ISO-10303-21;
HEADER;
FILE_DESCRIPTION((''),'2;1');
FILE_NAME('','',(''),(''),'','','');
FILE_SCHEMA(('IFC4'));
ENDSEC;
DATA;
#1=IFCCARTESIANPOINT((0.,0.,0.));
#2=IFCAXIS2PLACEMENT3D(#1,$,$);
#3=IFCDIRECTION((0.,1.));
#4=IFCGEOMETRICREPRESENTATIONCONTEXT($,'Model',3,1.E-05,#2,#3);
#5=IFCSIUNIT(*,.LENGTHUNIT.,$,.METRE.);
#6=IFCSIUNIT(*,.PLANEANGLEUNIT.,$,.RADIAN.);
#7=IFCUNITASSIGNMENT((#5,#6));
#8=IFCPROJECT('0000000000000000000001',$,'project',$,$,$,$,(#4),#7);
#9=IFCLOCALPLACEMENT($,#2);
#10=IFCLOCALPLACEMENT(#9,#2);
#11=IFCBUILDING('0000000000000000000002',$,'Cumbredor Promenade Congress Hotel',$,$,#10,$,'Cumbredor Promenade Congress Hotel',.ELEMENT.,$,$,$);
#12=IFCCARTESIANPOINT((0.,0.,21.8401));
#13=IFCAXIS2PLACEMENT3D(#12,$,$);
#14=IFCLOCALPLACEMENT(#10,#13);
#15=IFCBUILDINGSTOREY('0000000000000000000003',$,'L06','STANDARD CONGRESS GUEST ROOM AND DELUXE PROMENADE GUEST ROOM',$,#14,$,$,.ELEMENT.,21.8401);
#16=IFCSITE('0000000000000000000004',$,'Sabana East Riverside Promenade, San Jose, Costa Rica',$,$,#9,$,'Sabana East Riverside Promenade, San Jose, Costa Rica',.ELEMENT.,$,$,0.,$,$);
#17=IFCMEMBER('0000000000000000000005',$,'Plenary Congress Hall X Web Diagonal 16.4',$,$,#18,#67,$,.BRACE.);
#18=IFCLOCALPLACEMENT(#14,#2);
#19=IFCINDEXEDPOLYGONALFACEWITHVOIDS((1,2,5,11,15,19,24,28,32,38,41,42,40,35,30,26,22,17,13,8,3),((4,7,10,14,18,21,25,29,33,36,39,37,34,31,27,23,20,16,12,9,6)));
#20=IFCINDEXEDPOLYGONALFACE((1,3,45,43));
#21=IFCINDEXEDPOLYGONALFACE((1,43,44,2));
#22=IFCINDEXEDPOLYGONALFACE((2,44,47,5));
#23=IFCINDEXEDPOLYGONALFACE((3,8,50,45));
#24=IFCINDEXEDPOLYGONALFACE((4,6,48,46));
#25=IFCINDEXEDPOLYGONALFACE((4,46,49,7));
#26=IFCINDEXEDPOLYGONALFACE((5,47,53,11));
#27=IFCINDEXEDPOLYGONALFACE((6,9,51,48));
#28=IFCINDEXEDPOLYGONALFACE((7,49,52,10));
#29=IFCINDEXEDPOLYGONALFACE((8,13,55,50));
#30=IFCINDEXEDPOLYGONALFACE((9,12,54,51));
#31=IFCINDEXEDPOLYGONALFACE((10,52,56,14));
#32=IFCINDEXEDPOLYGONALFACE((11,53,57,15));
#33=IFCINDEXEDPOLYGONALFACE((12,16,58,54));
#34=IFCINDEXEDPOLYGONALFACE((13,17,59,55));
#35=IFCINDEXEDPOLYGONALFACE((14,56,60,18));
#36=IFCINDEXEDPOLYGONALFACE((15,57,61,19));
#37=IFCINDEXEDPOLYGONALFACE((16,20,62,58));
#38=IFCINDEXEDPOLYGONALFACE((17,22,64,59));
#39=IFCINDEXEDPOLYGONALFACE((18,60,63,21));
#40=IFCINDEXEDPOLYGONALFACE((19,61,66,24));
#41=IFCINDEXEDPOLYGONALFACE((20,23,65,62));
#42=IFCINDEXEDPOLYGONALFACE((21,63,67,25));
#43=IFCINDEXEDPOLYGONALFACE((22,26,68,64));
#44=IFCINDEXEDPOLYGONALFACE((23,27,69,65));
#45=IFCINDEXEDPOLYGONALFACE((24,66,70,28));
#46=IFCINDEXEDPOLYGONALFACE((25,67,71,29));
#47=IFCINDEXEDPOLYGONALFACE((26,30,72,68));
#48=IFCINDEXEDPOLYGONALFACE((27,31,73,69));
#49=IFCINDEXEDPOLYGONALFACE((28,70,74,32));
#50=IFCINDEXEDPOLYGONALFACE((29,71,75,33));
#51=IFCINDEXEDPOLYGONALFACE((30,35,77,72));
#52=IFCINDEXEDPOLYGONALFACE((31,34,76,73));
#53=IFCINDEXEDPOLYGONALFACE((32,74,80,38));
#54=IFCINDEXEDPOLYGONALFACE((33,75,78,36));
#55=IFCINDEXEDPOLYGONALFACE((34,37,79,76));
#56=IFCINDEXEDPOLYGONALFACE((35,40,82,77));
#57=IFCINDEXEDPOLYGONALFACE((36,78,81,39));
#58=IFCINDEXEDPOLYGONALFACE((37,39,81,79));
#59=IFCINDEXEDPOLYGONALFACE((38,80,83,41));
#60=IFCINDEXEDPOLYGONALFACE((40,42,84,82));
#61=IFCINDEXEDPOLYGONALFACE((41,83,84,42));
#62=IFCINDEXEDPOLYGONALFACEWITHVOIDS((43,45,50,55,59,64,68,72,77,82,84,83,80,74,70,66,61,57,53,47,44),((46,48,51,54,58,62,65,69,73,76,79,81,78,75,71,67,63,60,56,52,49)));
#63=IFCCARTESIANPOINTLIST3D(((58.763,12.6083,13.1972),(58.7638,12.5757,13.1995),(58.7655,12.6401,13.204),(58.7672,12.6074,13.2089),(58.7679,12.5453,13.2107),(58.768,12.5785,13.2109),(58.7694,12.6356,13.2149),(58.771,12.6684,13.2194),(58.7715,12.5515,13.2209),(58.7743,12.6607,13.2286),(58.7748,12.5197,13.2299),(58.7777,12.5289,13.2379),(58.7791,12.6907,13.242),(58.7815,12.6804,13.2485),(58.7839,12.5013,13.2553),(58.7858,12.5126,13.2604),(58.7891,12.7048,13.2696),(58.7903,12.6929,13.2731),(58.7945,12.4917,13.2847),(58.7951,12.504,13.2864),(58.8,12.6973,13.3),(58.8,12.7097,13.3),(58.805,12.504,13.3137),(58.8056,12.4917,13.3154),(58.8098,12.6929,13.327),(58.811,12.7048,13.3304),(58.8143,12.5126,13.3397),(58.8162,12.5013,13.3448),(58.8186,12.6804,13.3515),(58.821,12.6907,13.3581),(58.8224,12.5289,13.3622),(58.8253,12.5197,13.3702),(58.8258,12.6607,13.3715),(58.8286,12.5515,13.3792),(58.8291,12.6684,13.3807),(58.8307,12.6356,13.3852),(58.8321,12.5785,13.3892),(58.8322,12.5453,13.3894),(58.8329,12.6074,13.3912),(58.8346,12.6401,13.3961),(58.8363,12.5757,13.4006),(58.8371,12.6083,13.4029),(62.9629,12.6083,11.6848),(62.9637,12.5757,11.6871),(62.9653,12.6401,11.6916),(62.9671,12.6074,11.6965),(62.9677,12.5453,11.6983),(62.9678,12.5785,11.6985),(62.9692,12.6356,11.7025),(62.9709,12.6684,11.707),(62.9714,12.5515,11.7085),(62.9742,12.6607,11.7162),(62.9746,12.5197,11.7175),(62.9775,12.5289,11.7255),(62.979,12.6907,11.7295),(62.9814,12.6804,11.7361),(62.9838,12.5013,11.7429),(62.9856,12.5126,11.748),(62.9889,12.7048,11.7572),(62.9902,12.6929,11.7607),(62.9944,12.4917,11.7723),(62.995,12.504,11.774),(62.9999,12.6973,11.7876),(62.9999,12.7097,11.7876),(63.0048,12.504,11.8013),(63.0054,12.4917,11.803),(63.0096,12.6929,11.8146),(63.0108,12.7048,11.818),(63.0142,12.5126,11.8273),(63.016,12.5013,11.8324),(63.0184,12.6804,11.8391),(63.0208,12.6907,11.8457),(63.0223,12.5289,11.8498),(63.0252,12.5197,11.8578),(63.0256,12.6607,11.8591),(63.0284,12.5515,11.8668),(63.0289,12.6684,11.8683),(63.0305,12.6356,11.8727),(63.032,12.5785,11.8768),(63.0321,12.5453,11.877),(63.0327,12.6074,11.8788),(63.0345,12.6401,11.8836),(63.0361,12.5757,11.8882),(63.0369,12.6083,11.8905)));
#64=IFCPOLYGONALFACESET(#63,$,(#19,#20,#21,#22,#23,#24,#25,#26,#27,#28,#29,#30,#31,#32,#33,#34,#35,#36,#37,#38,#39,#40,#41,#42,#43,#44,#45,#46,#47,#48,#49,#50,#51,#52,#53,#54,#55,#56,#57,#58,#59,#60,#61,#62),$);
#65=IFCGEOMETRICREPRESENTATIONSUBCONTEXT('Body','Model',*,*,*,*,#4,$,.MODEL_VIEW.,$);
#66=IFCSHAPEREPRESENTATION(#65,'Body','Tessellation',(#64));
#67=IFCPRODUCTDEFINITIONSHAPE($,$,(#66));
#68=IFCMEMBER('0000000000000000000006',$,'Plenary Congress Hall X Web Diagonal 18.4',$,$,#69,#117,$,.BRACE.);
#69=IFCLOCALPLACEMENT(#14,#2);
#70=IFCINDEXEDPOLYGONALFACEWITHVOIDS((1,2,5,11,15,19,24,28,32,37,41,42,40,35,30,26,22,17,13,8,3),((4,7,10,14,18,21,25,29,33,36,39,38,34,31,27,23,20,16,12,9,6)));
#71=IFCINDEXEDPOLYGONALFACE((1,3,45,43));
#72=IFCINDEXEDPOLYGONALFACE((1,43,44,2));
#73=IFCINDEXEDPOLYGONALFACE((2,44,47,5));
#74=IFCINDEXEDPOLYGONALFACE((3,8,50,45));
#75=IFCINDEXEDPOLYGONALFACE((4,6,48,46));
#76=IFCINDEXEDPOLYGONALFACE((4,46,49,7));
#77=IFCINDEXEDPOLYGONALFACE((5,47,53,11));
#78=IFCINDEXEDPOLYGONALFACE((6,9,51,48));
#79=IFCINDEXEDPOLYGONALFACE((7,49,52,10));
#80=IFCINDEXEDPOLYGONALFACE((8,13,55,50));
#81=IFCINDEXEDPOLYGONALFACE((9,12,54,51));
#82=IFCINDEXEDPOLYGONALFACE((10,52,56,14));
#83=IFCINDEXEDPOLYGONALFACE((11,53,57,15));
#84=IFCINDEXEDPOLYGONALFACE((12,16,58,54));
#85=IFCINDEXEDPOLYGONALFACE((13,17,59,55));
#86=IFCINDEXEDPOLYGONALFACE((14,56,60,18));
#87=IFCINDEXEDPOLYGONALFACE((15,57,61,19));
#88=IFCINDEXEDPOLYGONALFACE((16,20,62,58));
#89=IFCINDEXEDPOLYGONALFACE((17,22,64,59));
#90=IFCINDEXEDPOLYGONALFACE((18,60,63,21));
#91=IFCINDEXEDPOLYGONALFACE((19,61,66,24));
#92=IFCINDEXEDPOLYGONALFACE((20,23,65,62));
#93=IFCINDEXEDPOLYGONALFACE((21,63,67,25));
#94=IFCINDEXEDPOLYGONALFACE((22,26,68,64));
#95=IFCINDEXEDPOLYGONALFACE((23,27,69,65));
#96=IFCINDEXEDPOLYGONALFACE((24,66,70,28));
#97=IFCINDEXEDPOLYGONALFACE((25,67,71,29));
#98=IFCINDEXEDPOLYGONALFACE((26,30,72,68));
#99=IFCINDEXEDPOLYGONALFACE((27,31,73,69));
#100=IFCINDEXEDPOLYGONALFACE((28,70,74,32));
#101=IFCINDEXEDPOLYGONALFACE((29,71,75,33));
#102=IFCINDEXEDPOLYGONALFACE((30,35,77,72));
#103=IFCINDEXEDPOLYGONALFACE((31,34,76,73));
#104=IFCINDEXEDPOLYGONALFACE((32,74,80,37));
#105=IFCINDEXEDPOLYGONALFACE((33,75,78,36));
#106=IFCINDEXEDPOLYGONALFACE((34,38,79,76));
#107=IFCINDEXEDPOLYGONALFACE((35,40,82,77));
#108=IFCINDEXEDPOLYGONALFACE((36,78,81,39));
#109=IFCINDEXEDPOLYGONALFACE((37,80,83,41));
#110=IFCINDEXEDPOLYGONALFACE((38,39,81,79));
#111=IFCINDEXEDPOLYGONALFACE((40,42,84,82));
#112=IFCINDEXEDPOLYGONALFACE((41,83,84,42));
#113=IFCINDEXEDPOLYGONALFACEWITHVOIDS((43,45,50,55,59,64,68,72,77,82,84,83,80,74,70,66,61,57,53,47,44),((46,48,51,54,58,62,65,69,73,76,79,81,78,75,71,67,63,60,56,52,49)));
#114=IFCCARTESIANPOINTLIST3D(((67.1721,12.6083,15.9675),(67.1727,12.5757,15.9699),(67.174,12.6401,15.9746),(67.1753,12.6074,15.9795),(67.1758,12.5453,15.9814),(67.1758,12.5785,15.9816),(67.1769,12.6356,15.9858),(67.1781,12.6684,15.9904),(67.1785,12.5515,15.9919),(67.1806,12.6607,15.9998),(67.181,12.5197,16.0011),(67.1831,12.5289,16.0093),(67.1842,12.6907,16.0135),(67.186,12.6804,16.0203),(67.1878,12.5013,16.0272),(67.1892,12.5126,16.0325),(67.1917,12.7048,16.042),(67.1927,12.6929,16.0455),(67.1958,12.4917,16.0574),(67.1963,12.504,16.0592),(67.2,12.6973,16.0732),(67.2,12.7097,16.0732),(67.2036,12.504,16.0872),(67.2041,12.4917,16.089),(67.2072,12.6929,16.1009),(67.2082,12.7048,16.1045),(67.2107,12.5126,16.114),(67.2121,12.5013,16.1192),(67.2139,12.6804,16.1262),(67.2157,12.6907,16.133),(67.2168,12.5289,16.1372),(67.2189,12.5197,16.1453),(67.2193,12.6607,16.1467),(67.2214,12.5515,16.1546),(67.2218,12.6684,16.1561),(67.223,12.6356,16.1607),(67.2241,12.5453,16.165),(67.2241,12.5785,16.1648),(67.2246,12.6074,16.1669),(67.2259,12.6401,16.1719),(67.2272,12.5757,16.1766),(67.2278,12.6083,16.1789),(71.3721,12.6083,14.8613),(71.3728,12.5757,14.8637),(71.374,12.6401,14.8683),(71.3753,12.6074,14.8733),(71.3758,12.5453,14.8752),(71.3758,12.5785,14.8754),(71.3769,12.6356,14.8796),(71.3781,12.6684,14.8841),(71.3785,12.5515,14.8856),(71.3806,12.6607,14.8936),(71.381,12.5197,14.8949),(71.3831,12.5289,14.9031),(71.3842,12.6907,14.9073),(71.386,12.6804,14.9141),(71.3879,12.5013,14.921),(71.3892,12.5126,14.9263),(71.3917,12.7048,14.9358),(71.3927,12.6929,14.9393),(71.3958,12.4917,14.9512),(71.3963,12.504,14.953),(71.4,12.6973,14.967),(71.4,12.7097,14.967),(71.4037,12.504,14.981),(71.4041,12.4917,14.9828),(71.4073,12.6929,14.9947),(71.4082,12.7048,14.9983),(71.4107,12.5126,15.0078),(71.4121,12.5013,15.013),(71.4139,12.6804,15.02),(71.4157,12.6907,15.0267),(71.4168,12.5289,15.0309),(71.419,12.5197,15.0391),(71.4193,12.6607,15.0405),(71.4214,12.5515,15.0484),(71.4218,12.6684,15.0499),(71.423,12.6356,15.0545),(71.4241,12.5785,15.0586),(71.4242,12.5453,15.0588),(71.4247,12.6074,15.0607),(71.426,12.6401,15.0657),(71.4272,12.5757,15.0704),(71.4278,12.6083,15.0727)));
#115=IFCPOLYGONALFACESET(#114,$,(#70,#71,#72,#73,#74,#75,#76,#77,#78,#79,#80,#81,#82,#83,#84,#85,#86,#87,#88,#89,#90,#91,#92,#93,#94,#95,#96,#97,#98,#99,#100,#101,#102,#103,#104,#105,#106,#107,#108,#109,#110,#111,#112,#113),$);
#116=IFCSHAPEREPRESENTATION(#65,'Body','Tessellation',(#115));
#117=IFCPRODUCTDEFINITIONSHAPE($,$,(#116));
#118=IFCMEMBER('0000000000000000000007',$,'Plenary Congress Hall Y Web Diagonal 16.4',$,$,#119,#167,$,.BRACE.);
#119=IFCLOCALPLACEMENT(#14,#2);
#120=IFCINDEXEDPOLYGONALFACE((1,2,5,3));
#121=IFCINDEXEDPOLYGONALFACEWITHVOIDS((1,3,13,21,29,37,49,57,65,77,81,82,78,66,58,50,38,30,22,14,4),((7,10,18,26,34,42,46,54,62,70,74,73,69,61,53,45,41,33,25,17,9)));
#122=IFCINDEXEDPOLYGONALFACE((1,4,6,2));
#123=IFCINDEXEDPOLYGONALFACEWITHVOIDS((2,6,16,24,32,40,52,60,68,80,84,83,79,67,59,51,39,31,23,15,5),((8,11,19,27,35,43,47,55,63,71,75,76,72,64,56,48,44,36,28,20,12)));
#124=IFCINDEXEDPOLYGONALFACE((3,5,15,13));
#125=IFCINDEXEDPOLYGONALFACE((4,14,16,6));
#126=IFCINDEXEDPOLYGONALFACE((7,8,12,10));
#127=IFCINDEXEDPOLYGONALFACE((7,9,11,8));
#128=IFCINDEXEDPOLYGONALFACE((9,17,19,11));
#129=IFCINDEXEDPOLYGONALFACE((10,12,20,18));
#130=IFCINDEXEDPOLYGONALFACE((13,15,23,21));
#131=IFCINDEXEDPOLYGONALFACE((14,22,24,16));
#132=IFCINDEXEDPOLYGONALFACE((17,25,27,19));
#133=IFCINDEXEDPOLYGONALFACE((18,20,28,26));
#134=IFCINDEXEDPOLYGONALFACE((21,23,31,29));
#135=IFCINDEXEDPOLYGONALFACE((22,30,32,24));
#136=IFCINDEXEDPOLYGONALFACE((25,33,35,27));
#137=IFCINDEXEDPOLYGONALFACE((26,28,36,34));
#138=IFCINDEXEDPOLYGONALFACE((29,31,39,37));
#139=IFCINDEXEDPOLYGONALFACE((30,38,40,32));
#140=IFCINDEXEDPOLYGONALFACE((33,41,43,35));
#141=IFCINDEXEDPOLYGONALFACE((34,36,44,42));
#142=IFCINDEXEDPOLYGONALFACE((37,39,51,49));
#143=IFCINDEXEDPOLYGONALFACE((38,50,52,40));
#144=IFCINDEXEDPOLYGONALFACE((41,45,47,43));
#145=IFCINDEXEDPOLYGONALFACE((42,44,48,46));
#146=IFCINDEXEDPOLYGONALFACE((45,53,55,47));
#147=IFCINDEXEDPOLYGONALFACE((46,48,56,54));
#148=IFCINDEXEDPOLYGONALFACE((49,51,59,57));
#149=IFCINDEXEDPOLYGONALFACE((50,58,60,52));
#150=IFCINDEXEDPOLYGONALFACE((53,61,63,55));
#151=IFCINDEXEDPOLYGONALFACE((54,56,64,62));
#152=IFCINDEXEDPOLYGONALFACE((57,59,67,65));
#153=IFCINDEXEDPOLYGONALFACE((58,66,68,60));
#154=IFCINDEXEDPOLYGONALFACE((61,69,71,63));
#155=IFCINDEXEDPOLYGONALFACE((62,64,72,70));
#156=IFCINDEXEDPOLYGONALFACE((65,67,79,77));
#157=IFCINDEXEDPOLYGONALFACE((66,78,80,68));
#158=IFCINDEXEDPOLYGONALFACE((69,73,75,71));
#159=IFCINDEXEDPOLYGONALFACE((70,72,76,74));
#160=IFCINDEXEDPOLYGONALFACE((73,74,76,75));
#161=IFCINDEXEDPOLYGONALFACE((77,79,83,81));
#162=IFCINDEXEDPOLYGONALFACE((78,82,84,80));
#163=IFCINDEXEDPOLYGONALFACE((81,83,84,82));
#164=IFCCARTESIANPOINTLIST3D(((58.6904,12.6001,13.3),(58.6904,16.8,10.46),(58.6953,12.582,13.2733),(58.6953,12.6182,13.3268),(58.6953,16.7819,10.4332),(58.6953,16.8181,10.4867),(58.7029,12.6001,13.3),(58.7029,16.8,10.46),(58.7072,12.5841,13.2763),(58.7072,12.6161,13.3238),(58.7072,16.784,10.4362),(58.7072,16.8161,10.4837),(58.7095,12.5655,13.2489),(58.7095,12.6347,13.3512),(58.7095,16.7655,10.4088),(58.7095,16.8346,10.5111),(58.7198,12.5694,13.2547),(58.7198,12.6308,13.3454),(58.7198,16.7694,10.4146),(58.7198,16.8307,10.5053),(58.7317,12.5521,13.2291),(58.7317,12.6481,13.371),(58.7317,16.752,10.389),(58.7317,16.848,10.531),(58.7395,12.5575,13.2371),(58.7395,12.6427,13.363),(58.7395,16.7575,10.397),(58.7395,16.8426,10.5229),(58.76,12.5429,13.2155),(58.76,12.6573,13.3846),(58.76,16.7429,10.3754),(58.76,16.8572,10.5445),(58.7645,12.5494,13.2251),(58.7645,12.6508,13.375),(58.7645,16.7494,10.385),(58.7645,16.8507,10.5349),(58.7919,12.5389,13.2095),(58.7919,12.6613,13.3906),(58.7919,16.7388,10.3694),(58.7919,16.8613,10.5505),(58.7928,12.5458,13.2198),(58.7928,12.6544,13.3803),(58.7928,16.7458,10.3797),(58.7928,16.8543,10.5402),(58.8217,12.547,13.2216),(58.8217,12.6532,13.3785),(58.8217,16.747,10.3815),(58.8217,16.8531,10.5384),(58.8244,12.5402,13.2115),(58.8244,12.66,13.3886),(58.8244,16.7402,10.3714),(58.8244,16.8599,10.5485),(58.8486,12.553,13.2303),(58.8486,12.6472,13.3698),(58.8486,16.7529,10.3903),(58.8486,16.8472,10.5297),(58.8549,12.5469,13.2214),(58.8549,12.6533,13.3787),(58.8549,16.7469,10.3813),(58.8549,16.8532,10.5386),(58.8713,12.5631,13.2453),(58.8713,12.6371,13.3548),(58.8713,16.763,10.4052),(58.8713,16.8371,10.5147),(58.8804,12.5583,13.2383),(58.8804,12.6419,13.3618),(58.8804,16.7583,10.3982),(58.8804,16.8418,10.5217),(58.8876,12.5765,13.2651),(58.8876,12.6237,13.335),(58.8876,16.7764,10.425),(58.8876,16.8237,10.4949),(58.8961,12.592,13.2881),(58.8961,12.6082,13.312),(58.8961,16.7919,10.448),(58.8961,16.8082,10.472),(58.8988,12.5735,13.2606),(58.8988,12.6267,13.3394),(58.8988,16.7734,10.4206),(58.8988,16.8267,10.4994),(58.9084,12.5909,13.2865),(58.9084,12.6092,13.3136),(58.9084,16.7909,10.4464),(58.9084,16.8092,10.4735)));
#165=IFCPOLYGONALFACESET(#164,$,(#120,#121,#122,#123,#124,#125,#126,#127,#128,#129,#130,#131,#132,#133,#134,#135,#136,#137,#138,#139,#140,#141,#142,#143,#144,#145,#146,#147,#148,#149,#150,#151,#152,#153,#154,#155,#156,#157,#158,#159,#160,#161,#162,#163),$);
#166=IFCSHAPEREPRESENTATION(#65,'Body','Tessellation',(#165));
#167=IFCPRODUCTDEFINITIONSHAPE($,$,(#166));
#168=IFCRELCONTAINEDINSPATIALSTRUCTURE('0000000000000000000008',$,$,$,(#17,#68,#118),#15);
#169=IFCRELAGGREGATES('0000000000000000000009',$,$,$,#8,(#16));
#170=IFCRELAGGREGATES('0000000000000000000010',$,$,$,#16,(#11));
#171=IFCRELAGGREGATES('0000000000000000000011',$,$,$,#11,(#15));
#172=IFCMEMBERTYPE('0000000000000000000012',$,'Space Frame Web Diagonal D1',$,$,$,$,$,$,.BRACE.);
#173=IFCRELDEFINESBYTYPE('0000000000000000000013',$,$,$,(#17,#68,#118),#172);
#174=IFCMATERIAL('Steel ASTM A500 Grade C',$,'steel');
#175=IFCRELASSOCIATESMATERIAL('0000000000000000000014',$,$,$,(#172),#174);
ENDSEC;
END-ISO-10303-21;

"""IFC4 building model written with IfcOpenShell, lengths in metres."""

from ifc_helpers import new_model, si_unit, direction, frame, origin, origin_2d, place, context, subcontext, project, spatial, hollow_circle, extrude, material, material_profile, profile_set, type_object, element, save


model = new_model("IFC4")

# Units and contexts
model_context = context("Model", 3, precision=1e-05, world=origin(), true_north=direction((0.0, 1.0)))
body_context = subcontext(model_context, "Body", "Model", "MODEL_VIEW")
ifc_project = project(units=[si_unit("LENGTHUNIT", "METRE"), si_unit("PLANEANGLEUNIT", "RADIAN")], contexts=[model_context])

# Site, building, storey
site_placement = place(None, origin())
site = spatial("IfcSite", under=ifc_project, at=site_placement, Name="Sabana East Riverside Promenade, San Jose, Costa Rica", LongName="Sabana East Riverside Promenade, San Jose, Costa Rica", CompositionType="ELEMENT", RefElevation=0.0)
building_placement = place(site_placement, origin())
building = spatial("IfcBuilding", under=site, at=building_placement, Name="Cumbredor Promenade Congress Hotel", LongName="Cumbredor Promenade Congress Hotel", CompositionType="ELEMENT")
storey_placement = place(building_placement, frame((0.0, 0.0, 21.8401)))
storey = spatial("IfcBuildingStorey", under=building, at=storey_placement, Name="L06", Description="STANDARD CONGRESS GUEST ROOM AND DELUXE PROMENADE GUEST ROOM", CompositionType="ELEMENT", Elevation=21.8401)

# Members
ifc_material_1 = material(Name="Steel ASTM A500 Grade C", Category="steel")
ifc_material_profile_1 = material_profile(ifc_material_1, hollow_circle(Radius=0.1096, WallThickness=0.0125, at=origin_2d()), Name="CHS 219.1x12.5")
ifc_profile_set_1 = profile_set([ifc_material_profile_1], Name="Steel ASTM A500 Grade C")
member_type_1 = type_object("IfcMemberType", Name="Space Frame Web Diagonal D1", PredefinedType="BRACE", material=ifc_profile_set_1)
member_1_placement = place(storey_placement, frame((58.8, 12.6001, 13.3), z_axis=(0.940854, 0.0, -0.338812), x_axis=(0.0, 1.0, 0.0)))
element("IfcMember", 1, at=member_1_placement, inside=storey, type_object=member_type_1, Name="Plenary Congress Hall X Web Diagonal 16.4", PredefinedType="BRACE", context=body_context, shape_type="SweptSolid", body=[
    extrude(hollow_circle(Radius=0.1096, WallThickness=0.0125, at=origin_2d()), origin(), (0.0, 0.0, 1.0), 4.4639),
])
member_2_placement = place(storey_placement, frame((67.2, 12.6001, 16.0732), z_axis=(0.967021, 0.0, -0.254698), x_axis=(0.0, 1.0, 0.0)))
element("IfcMember", 2, at=member_2_placement, inside=storey, type_object=member_type_1, Name="Plenary Congress Hall X Web Diagonal 18.4", PredefinedType="BRACE", context=body_context, shape_type="SweptSolid", body=[
    extrude(hollow_circle(Radius=0.1096, WallThickness=0.0125, at=origin_2d()), origin(), (0.0, 0.0, 1.0), 4.3433),
])
member_3_placement = place(storey_placement, frame((58.8, 12.6001, 13.3), z_axis=(0.0, 0.82838, -0.560167), x_axis=(-1.0, 0.0, 0.0)))
element("IfcMember", 3, at=member_3_placement, inside=storey, type_object=member_type_1, Name="Plenary Congress Hall Y Web Diagonal 16.4", PredefinedType="BRACE", context=body_context, shape_type="SweptSolid", body=[
    extrude(hollow_circle(Radius=0.1096, WallThickness=0.0125, at=origin_2d()), origin(), (0.0, 0.0, 1.0), 5.0701),
])

save(model, "model.ifc")
